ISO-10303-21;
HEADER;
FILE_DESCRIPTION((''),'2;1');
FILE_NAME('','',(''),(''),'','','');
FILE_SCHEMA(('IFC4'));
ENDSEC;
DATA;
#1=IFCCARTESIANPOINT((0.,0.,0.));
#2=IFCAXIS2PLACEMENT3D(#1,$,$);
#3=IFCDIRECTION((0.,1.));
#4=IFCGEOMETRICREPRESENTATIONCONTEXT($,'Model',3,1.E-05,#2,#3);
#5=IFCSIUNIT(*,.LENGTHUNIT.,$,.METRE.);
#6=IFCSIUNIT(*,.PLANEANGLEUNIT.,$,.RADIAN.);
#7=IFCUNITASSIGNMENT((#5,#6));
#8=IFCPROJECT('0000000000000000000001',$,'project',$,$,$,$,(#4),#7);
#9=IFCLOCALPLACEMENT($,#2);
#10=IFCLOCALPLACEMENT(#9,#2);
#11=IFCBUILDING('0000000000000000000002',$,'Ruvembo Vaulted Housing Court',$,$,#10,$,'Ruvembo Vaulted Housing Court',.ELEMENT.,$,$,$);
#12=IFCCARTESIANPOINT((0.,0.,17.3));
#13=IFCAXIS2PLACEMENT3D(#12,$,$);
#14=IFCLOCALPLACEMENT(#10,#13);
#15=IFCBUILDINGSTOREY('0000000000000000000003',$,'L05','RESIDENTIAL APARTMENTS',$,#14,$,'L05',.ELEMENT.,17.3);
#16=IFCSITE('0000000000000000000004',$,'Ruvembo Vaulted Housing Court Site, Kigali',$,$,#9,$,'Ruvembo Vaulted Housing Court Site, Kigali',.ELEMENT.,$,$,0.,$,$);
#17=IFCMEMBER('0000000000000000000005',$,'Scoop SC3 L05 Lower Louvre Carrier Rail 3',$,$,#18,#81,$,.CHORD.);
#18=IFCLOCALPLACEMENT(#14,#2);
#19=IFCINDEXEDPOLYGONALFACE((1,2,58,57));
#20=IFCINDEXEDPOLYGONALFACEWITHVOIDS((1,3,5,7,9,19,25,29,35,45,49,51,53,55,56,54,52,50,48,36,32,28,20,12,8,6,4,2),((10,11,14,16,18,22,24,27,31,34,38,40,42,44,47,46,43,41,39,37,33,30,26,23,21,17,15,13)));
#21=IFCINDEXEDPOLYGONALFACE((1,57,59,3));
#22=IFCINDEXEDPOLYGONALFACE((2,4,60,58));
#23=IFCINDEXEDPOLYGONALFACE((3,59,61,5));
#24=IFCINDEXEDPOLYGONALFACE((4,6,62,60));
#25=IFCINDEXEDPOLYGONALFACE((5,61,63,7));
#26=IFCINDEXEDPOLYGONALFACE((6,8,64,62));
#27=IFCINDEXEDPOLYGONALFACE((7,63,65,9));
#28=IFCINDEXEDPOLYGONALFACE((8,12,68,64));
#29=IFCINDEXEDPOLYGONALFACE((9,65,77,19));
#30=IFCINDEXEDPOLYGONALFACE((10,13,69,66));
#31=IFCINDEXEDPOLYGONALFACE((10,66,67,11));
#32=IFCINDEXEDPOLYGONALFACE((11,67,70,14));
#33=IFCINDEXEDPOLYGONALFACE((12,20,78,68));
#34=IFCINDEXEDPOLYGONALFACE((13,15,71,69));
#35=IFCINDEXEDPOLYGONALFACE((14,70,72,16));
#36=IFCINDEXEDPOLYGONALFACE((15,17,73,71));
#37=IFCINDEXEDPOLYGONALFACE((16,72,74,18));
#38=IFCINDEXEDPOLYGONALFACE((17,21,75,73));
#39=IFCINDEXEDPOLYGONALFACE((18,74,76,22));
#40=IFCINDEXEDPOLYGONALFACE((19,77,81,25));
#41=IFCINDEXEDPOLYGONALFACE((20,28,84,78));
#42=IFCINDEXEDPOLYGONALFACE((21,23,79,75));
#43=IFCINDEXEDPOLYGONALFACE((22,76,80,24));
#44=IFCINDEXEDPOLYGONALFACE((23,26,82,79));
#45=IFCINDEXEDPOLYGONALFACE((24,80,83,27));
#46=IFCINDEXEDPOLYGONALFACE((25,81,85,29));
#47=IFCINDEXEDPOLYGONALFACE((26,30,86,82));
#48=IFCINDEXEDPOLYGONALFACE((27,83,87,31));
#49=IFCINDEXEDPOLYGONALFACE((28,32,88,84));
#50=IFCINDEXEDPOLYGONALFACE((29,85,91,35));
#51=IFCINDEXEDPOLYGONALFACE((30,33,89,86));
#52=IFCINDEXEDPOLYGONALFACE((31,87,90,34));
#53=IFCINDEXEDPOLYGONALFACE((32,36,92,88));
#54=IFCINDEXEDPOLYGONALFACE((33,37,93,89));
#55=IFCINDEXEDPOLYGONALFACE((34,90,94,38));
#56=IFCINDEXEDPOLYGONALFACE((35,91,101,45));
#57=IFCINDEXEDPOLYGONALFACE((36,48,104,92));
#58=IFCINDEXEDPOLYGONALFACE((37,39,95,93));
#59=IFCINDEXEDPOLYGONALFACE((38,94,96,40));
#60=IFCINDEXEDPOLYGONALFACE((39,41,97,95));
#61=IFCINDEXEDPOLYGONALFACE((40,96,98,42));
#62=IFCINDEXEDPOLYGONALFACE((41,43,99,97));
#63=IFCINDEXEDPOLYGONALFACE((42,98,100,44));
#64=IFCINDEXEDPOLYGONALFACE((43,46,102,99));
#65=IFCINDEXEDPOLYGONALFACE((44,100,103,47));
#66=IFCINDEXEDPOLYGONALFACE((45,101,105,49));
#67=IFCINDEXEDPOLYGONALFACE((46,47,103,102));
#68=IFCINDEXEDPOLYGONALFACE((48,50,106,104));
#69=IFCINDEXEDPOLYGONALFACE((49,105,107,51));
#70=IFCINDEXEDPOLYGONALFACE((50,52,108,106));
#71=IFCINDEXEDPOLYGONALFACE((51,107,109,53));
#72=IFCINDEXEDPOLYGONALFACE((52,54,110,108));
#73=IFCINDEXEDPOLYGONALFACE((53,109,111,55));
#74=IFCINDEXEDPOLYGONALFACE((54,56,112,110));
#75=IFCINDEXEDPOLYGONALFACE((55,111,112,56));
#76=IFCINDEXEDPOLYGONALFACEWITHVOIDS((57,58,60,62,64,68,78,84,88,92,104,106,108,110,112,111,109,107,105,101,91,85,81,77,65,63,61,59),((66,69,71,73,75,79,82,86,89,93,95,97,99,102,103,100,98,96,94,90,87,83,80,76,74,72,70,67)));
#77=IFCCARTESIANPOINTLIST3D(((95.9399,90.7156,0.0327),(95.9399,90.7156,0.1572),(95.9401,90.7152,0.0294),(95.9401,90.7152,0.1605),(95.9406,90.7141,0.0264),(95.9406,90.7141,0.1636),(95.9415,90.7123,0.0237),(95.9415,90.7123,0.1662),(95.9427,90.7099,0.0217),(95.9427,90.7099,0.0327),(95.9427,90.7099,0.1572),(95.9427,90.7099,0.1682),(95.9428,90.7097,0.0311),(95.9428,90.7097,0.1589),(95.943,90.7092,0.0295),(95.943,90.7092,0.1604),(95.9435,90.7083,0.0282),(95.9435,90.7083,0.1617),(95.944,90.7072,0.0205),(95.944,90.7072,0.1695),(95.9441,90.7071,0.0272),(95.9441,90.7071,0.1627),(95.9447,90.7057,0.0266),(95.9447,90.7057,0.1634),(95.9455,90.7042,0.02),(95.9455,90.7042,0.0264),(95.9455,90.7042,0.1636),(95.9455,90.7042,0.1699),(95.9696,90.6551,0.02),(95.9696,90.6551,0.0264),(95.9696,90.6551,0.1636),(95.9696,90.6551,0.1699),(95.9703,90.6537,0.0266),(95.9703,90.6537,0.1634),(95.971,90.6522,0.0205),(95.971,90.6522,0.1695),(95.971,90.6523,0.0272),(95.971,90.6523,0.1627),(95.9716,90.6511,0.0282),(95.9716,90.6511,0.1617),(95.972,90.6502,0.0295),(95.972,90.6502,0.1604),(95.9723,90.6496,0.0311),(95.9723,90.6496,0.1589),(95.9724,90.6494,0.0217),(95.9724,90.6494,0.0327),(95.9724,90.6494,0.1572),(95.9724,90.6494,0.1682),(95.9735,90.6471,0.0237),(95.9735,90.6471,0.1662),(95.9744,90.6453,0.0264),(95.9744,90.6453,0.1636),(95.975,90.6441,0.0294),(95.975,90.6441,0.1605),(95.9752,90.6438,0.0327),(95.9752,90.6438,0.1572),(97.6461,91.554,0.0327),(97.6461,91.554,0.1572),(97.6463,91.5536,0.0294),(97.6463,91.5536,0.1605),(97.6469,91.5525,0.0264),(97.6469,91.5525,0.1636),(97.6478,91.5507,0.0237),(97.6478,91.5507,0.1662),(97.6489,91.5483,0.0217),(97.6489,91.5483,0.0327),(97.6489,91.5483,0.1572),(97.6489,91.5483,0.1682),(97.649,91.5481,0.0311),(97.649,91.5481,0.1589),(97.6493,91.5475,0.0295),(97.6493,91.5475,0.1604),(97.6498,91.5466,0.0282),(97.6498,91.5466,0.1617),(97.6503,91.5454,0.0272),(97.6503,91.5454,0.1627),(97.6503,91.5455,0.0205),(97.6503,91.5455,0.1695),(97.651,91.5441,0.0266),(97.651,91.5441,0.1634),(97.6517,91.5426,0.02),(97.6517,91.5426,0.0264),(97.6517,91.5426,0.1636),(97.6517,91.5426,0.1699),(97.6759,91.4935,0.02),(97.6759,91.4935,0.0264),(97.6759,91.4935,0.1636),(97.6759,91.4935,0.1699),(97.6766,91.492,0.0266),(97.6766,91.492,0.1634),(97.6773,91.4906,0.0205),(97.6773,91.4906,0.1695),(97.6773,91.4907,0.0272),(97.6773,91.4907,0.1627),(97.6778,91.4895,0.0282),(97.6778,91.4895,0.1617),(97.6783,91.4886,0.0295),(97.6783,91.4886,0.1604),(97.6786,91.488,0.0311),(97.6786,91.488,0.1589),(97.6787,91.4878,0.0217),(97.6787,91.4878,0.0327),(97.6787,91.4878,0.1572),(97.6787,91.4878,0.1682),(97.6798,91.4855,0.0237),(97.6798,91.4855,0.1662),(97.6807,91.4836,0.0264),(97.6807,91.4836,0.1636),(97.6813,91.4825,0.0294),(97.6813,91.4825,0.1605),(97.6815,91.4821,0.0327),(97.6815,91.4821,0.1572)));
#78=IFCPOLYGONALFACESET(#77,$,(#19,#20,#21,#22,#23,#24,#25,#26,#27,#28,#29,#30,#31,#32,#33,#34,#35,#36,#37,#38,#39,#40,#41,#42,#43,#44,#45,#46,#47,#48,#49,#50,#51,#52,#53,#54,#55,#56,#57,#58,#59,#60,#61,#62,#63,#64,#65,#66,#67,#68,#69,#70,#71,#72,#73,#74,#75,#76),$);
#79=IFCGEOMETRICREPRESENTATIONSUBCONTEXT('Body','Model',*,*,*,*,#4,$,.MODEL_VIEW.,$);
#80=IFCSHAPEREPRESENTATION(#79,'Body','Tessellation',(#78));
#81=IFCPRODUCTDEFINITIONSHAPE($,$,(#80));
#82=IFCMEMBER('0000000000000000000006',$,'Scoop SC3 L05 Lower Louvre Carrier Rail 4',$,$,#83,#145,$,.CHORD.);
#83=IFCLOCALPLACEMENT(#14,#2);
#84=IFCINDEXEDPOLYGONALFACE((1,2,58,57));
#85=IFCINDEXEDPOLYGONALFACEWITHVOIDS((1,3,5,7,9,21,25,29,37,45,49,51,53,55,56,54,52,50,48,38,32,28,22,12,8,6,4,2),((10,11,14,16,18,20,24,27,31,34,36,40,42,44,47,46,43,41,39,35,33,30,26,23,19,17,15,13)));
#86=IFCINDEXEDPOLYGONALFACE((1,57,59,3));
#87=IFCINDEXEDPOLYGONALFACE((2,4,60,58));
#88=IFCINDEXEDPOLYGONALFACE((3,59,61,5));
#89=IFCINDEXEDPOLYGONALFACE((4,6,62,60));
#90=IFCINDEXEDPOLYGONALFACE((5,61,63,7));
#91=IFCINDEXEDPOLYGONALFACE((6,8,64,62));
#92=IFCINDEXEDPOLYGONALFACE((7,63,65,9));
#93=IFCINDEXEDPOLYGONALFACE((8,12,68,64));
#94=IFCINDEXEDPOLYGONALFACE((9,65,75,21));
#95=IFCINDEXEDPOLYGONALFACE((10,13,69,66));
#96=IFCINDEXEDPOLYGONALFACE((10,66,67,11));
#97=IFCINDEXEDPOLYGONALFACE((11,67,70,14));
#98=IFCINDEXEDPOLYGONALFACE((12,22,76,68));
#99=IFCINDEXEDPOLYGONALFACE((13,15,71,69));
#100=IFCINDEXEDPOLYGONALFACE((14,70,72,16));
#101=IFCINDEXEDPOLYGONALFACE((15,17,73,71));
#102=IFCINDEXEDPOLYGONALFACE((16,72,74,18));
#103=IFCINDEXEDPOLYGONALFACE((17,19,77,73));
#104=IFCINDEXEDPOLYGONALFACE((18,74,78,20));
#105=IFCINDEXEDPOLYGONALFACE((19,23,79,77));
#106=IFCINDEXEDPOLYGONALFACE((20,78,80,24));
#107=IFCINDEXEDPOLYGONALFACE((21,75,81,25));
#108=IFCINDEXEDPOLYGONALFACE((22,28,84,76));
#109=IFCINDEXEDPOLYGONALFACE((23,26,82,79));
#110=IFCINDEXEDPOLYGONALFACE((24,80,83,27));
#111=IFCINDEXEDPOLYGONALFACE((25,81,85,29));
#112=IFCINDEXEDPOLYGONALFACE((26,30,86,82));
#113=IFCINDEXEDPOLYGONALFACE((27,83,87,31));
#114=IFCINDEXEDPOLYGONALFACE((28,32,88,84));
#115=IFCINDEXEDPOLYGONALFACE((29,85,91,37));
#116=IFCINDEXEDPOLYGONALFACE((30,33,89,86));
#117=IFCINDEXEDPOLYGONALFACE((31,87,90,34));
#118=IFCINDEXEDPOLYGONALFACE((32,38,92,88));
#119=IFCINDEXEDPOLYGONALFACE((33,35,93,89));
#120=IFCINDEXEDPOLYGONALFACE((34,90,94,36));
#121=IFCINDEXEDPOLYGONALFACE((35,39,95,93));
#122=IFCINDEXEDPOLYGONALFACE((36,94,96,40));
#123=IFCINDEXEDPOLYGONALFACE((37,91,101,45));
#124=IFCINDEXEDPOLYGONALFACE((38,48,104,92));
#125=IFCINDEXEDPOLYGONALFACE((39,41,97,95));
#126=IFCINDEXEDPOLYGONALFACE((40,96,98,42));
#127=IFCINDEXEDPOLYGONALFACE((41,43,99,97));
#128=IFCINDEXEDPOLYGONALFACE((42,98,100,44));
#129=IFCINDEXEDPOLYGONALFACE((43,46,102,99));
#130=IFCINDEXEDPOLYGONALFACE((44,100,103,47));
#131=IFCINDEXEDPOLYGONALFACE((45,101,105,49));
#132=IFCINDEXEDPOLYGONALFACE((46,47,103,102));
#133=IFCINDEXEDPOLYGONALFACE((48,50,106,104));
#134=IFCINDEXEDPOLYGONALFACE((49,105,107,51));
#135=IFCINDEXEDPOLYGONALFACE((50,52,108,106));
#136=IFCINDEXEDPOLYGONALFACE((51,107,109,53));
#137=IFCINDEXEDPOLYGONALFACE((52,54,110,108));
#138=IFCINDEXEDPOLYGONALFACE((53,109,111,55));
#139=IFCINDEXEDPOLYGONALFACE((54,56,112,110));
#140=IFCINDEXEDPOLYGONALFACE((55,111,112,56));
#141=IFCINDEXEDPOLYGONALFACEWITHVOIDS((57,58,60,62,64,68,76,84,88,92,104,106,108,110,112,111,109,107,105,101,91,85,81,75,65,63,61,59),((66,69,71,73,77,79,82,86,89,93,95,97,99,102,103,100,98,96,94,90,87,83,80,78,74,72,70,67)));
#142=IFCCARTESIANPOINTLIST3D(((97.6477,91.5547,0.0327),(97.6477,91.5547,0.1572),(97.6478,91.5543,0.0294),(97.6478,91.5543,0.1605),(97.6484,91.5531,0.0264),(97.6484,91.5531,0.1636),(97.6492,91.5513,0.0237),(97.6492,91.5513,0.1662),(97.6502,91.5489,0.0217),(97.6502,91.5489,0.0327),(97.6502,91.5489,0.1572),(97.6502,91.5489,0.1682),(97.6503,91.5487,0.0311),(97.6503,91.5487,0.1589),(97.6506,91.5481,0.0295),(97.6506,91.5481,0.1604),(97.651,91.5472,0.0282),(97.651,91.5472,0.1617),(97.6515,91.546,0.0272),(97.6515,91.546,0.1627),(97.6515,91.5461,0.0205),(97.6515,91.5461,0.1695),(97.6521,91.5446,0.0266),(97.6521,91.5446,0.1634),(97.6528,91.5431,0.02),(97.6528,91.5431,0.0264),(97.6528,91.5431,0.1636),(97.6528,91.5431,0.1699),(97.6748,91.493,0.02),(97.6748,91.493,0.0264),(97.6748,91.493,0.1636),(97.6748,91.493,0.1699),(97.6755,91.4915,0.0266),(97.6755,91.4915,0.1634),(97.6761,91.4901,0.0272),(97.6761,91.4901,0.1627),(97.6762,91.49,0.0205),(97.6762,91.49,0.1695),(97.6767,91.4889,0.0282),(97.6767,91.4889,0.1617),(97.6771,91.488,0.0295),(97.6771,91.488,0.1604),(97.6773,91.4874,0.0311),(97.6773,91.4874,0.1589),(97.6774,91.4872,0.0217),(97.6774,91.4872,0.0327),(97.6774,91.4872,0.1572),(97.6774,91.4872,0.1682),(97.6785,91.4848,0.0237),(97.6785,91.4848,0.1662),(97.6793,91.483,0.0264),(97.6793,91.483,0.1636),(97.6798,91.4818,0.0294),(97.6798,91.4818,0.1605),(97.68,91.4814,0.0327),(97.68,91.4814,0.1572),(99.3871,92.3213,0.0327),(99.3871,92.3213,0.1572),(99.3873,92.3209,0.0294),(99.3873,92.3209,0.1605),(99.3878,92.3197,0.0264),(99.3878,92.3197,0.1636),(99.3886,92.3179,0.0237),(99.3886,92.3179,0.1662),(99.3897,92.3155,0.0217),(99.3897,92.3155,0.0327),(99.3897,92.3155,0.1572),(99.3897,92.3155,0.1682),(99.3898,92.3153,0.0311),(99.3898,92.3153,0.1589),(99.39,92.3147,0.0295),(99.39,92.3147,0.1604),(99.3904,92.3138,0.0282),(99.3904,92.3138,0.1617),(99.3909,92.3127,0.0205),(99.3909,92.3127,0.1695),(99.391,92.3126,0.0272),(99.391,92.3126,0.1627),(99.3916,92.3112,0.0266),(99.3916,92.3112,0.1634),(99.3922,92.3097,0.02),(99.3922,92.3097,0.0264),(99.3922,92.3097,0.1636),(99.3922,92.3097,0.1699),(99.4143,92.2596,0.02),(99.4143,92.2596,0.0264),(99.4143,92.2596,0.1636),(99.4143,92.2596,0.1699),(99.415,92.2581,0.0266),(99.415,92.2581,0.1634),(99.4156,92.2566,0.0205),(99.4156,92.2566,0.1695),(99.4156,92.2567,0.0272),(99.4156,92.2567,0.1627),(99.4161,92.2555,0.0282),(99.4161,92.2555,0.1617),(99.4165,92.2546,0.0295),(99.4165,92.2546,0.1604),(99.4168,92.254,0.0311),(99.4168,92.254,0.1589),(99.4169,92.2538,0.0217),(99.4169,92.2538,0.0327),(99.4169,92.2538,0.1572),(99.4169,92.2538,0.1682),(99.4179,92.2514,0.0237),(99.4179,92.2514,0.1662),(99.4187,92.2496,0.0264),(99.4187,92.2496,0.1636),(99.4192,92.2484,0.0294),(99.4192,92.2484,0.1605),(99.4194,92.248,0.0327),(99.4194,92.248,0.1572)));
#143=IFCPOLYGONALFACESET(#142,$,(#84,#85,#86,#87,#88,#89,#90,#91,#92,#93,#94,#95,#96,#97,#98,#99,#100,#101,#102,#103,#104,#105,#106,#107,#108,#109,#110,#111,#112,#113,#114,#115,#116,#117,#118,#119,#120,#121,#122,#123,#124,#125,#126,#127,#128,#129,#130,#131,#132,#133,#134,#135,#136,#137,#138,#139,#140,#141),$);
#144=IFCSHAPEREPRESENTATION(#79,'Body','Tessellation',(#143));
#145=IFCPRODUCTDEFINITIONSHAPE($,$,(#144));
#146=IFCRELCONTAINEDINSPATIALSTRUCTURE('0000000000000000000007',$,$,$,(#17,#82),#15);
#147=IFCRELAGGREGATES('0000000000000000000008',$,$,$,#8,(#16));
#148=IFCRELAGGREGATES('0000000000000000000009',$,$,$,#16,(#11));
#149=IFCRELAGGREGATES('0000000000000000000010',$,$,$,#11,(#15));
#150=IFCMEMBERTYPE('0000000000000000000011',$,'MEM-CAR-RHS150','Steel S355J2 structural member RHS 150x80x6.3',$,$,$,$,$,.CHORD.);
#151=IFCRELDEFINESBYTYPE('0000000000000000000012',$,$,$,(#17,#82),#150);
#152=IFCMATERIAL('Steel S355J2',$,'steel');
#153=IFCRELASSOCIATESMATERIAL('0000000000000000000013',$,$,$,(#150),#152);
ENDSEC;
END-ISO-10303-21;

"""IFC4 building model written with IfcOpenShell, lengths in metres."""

from ifc_helpers import new_model, si_unit, direction, frame, origin, origin_2d, place, context, subcontext, project, spatial, hollow_rectangle, extrude, material, material_profile, profile_set, type_object, element, save


model = new_model("IFC4")

# Units and contexts
model_context = context("Model", 3, precision=1e-05, world=origin(), true_north=direction((0.0, 1.0)))
body_context = subcontext(model_context, "Body", "Model", "MODEL_VIEW")
ifc_project = project(units=[si_unit("LENGTHUNIT", "METRE"), si_unit("PLANEANGLEUNIT", "RADIAN")], contexts=[model_context])

# Site, building, storey
site_placement = place(None, origin())
site = spatial("IfcSite", under=ifc_project, at=site_placement, Name="Ruvembo Vaulted Housing Court Site, Kigali", LongName="Ruvembo Vaulted Housing Court Site, Kigali", CompositionType="ELEMENT", RefElevation=0.0)
building_placement = place(site_placement, origin())
building = spatial("IfcBuilding", under=site, at=building_placement, Name="Ruvembo Vaulted Housing Court", LongName="Ruvembo Vaulted Housing Court", CompositionType="ELEMENT")
storey_placement = place(building_placement, frame((0.0, 0.0, 17.3)))
storey = spatial("IfcBuildingStorey", under=building, at=storey_placement, Name="L05", Description="RESIDENTIAL APARTMENTS", LongName="L05", CompositionType="ELEMENT", Elevation=17.3)

# Shared definitions
ifc_material_1 = material(Name="Steel S355J2", Category="steel")

# Members
ifc_material_profile_1 = material_profile(ifc_material_1, hollow_rectangle(XDim=0.0801, YDim=0.1499, WallThickness=0.0063, InnerFilletRadius=0.0063, OuterFilletRadius=0.0127, at=origin_2d()), Name="RHS 150x80x6.3")
ifc_profile_set_1 = profile_set([ifc_material_profile_1], Name="Steel S355J2")
member_type_1 = type_object("IfcMemberType", Name="MEM-CAR-RHS150", Description="Steel S355J2 structural member RHS 150x80x6.3", PredefinedType="CHORD", material=ifc_profile_set_1)
member_1_placement = place(storey_placement, frame((95.9575, 90.6797, 0.095), z_axis=(0.897513, 0.440987, 0.0), x_axis=(-0.440987, 0.897513, 0.0)))
element("IfcMember", 1, at=member_1_placement, inside=storey, type_object=member_type_1, Name="Scoop SC3 L05 Lower Louvre Carrier Rail 3", PredefinedType="CHORD", context=body_context, shape_type="SweptSolid", body=[
    extrude(hollow_rectangle(XDim=0.0801, YDim=0.1499, WallThickness=0.0063, InnerFilletRadius=0.0063, OuterFilletRadius=0.0127, at=origin_2d()), origin(), (0.0, 0.0, 1.0), 1.9011),
])
member_2_placement = place(storey_placement, frame((97.6638, 91.5181, 0.095), z_axis=(0.915078, 0.403277, 0.0), x_axis=(-0.403277, 0.915078, 0.0)))
element("IfcMember", 2, at=member_2_placement, inside=storey, type_object=member_type_1, Name="Scoop SC3 L05 Lower Louvre Carrier Rail 4", PredefinedType="CHORD", context=body_context, shape_type="SweptSolid", body=[
    extrude(hollow_rectangle(XDim=0.0801, YDim=0.1499, WallThickness=0.0063, InnerFilletRadius=0.0063, OuterFilletRadius=0.0127, at=origin_2d()), origin(), (0.0, 0.0, 1.0), 1.9009),
])

save(model, "model.ifc")
